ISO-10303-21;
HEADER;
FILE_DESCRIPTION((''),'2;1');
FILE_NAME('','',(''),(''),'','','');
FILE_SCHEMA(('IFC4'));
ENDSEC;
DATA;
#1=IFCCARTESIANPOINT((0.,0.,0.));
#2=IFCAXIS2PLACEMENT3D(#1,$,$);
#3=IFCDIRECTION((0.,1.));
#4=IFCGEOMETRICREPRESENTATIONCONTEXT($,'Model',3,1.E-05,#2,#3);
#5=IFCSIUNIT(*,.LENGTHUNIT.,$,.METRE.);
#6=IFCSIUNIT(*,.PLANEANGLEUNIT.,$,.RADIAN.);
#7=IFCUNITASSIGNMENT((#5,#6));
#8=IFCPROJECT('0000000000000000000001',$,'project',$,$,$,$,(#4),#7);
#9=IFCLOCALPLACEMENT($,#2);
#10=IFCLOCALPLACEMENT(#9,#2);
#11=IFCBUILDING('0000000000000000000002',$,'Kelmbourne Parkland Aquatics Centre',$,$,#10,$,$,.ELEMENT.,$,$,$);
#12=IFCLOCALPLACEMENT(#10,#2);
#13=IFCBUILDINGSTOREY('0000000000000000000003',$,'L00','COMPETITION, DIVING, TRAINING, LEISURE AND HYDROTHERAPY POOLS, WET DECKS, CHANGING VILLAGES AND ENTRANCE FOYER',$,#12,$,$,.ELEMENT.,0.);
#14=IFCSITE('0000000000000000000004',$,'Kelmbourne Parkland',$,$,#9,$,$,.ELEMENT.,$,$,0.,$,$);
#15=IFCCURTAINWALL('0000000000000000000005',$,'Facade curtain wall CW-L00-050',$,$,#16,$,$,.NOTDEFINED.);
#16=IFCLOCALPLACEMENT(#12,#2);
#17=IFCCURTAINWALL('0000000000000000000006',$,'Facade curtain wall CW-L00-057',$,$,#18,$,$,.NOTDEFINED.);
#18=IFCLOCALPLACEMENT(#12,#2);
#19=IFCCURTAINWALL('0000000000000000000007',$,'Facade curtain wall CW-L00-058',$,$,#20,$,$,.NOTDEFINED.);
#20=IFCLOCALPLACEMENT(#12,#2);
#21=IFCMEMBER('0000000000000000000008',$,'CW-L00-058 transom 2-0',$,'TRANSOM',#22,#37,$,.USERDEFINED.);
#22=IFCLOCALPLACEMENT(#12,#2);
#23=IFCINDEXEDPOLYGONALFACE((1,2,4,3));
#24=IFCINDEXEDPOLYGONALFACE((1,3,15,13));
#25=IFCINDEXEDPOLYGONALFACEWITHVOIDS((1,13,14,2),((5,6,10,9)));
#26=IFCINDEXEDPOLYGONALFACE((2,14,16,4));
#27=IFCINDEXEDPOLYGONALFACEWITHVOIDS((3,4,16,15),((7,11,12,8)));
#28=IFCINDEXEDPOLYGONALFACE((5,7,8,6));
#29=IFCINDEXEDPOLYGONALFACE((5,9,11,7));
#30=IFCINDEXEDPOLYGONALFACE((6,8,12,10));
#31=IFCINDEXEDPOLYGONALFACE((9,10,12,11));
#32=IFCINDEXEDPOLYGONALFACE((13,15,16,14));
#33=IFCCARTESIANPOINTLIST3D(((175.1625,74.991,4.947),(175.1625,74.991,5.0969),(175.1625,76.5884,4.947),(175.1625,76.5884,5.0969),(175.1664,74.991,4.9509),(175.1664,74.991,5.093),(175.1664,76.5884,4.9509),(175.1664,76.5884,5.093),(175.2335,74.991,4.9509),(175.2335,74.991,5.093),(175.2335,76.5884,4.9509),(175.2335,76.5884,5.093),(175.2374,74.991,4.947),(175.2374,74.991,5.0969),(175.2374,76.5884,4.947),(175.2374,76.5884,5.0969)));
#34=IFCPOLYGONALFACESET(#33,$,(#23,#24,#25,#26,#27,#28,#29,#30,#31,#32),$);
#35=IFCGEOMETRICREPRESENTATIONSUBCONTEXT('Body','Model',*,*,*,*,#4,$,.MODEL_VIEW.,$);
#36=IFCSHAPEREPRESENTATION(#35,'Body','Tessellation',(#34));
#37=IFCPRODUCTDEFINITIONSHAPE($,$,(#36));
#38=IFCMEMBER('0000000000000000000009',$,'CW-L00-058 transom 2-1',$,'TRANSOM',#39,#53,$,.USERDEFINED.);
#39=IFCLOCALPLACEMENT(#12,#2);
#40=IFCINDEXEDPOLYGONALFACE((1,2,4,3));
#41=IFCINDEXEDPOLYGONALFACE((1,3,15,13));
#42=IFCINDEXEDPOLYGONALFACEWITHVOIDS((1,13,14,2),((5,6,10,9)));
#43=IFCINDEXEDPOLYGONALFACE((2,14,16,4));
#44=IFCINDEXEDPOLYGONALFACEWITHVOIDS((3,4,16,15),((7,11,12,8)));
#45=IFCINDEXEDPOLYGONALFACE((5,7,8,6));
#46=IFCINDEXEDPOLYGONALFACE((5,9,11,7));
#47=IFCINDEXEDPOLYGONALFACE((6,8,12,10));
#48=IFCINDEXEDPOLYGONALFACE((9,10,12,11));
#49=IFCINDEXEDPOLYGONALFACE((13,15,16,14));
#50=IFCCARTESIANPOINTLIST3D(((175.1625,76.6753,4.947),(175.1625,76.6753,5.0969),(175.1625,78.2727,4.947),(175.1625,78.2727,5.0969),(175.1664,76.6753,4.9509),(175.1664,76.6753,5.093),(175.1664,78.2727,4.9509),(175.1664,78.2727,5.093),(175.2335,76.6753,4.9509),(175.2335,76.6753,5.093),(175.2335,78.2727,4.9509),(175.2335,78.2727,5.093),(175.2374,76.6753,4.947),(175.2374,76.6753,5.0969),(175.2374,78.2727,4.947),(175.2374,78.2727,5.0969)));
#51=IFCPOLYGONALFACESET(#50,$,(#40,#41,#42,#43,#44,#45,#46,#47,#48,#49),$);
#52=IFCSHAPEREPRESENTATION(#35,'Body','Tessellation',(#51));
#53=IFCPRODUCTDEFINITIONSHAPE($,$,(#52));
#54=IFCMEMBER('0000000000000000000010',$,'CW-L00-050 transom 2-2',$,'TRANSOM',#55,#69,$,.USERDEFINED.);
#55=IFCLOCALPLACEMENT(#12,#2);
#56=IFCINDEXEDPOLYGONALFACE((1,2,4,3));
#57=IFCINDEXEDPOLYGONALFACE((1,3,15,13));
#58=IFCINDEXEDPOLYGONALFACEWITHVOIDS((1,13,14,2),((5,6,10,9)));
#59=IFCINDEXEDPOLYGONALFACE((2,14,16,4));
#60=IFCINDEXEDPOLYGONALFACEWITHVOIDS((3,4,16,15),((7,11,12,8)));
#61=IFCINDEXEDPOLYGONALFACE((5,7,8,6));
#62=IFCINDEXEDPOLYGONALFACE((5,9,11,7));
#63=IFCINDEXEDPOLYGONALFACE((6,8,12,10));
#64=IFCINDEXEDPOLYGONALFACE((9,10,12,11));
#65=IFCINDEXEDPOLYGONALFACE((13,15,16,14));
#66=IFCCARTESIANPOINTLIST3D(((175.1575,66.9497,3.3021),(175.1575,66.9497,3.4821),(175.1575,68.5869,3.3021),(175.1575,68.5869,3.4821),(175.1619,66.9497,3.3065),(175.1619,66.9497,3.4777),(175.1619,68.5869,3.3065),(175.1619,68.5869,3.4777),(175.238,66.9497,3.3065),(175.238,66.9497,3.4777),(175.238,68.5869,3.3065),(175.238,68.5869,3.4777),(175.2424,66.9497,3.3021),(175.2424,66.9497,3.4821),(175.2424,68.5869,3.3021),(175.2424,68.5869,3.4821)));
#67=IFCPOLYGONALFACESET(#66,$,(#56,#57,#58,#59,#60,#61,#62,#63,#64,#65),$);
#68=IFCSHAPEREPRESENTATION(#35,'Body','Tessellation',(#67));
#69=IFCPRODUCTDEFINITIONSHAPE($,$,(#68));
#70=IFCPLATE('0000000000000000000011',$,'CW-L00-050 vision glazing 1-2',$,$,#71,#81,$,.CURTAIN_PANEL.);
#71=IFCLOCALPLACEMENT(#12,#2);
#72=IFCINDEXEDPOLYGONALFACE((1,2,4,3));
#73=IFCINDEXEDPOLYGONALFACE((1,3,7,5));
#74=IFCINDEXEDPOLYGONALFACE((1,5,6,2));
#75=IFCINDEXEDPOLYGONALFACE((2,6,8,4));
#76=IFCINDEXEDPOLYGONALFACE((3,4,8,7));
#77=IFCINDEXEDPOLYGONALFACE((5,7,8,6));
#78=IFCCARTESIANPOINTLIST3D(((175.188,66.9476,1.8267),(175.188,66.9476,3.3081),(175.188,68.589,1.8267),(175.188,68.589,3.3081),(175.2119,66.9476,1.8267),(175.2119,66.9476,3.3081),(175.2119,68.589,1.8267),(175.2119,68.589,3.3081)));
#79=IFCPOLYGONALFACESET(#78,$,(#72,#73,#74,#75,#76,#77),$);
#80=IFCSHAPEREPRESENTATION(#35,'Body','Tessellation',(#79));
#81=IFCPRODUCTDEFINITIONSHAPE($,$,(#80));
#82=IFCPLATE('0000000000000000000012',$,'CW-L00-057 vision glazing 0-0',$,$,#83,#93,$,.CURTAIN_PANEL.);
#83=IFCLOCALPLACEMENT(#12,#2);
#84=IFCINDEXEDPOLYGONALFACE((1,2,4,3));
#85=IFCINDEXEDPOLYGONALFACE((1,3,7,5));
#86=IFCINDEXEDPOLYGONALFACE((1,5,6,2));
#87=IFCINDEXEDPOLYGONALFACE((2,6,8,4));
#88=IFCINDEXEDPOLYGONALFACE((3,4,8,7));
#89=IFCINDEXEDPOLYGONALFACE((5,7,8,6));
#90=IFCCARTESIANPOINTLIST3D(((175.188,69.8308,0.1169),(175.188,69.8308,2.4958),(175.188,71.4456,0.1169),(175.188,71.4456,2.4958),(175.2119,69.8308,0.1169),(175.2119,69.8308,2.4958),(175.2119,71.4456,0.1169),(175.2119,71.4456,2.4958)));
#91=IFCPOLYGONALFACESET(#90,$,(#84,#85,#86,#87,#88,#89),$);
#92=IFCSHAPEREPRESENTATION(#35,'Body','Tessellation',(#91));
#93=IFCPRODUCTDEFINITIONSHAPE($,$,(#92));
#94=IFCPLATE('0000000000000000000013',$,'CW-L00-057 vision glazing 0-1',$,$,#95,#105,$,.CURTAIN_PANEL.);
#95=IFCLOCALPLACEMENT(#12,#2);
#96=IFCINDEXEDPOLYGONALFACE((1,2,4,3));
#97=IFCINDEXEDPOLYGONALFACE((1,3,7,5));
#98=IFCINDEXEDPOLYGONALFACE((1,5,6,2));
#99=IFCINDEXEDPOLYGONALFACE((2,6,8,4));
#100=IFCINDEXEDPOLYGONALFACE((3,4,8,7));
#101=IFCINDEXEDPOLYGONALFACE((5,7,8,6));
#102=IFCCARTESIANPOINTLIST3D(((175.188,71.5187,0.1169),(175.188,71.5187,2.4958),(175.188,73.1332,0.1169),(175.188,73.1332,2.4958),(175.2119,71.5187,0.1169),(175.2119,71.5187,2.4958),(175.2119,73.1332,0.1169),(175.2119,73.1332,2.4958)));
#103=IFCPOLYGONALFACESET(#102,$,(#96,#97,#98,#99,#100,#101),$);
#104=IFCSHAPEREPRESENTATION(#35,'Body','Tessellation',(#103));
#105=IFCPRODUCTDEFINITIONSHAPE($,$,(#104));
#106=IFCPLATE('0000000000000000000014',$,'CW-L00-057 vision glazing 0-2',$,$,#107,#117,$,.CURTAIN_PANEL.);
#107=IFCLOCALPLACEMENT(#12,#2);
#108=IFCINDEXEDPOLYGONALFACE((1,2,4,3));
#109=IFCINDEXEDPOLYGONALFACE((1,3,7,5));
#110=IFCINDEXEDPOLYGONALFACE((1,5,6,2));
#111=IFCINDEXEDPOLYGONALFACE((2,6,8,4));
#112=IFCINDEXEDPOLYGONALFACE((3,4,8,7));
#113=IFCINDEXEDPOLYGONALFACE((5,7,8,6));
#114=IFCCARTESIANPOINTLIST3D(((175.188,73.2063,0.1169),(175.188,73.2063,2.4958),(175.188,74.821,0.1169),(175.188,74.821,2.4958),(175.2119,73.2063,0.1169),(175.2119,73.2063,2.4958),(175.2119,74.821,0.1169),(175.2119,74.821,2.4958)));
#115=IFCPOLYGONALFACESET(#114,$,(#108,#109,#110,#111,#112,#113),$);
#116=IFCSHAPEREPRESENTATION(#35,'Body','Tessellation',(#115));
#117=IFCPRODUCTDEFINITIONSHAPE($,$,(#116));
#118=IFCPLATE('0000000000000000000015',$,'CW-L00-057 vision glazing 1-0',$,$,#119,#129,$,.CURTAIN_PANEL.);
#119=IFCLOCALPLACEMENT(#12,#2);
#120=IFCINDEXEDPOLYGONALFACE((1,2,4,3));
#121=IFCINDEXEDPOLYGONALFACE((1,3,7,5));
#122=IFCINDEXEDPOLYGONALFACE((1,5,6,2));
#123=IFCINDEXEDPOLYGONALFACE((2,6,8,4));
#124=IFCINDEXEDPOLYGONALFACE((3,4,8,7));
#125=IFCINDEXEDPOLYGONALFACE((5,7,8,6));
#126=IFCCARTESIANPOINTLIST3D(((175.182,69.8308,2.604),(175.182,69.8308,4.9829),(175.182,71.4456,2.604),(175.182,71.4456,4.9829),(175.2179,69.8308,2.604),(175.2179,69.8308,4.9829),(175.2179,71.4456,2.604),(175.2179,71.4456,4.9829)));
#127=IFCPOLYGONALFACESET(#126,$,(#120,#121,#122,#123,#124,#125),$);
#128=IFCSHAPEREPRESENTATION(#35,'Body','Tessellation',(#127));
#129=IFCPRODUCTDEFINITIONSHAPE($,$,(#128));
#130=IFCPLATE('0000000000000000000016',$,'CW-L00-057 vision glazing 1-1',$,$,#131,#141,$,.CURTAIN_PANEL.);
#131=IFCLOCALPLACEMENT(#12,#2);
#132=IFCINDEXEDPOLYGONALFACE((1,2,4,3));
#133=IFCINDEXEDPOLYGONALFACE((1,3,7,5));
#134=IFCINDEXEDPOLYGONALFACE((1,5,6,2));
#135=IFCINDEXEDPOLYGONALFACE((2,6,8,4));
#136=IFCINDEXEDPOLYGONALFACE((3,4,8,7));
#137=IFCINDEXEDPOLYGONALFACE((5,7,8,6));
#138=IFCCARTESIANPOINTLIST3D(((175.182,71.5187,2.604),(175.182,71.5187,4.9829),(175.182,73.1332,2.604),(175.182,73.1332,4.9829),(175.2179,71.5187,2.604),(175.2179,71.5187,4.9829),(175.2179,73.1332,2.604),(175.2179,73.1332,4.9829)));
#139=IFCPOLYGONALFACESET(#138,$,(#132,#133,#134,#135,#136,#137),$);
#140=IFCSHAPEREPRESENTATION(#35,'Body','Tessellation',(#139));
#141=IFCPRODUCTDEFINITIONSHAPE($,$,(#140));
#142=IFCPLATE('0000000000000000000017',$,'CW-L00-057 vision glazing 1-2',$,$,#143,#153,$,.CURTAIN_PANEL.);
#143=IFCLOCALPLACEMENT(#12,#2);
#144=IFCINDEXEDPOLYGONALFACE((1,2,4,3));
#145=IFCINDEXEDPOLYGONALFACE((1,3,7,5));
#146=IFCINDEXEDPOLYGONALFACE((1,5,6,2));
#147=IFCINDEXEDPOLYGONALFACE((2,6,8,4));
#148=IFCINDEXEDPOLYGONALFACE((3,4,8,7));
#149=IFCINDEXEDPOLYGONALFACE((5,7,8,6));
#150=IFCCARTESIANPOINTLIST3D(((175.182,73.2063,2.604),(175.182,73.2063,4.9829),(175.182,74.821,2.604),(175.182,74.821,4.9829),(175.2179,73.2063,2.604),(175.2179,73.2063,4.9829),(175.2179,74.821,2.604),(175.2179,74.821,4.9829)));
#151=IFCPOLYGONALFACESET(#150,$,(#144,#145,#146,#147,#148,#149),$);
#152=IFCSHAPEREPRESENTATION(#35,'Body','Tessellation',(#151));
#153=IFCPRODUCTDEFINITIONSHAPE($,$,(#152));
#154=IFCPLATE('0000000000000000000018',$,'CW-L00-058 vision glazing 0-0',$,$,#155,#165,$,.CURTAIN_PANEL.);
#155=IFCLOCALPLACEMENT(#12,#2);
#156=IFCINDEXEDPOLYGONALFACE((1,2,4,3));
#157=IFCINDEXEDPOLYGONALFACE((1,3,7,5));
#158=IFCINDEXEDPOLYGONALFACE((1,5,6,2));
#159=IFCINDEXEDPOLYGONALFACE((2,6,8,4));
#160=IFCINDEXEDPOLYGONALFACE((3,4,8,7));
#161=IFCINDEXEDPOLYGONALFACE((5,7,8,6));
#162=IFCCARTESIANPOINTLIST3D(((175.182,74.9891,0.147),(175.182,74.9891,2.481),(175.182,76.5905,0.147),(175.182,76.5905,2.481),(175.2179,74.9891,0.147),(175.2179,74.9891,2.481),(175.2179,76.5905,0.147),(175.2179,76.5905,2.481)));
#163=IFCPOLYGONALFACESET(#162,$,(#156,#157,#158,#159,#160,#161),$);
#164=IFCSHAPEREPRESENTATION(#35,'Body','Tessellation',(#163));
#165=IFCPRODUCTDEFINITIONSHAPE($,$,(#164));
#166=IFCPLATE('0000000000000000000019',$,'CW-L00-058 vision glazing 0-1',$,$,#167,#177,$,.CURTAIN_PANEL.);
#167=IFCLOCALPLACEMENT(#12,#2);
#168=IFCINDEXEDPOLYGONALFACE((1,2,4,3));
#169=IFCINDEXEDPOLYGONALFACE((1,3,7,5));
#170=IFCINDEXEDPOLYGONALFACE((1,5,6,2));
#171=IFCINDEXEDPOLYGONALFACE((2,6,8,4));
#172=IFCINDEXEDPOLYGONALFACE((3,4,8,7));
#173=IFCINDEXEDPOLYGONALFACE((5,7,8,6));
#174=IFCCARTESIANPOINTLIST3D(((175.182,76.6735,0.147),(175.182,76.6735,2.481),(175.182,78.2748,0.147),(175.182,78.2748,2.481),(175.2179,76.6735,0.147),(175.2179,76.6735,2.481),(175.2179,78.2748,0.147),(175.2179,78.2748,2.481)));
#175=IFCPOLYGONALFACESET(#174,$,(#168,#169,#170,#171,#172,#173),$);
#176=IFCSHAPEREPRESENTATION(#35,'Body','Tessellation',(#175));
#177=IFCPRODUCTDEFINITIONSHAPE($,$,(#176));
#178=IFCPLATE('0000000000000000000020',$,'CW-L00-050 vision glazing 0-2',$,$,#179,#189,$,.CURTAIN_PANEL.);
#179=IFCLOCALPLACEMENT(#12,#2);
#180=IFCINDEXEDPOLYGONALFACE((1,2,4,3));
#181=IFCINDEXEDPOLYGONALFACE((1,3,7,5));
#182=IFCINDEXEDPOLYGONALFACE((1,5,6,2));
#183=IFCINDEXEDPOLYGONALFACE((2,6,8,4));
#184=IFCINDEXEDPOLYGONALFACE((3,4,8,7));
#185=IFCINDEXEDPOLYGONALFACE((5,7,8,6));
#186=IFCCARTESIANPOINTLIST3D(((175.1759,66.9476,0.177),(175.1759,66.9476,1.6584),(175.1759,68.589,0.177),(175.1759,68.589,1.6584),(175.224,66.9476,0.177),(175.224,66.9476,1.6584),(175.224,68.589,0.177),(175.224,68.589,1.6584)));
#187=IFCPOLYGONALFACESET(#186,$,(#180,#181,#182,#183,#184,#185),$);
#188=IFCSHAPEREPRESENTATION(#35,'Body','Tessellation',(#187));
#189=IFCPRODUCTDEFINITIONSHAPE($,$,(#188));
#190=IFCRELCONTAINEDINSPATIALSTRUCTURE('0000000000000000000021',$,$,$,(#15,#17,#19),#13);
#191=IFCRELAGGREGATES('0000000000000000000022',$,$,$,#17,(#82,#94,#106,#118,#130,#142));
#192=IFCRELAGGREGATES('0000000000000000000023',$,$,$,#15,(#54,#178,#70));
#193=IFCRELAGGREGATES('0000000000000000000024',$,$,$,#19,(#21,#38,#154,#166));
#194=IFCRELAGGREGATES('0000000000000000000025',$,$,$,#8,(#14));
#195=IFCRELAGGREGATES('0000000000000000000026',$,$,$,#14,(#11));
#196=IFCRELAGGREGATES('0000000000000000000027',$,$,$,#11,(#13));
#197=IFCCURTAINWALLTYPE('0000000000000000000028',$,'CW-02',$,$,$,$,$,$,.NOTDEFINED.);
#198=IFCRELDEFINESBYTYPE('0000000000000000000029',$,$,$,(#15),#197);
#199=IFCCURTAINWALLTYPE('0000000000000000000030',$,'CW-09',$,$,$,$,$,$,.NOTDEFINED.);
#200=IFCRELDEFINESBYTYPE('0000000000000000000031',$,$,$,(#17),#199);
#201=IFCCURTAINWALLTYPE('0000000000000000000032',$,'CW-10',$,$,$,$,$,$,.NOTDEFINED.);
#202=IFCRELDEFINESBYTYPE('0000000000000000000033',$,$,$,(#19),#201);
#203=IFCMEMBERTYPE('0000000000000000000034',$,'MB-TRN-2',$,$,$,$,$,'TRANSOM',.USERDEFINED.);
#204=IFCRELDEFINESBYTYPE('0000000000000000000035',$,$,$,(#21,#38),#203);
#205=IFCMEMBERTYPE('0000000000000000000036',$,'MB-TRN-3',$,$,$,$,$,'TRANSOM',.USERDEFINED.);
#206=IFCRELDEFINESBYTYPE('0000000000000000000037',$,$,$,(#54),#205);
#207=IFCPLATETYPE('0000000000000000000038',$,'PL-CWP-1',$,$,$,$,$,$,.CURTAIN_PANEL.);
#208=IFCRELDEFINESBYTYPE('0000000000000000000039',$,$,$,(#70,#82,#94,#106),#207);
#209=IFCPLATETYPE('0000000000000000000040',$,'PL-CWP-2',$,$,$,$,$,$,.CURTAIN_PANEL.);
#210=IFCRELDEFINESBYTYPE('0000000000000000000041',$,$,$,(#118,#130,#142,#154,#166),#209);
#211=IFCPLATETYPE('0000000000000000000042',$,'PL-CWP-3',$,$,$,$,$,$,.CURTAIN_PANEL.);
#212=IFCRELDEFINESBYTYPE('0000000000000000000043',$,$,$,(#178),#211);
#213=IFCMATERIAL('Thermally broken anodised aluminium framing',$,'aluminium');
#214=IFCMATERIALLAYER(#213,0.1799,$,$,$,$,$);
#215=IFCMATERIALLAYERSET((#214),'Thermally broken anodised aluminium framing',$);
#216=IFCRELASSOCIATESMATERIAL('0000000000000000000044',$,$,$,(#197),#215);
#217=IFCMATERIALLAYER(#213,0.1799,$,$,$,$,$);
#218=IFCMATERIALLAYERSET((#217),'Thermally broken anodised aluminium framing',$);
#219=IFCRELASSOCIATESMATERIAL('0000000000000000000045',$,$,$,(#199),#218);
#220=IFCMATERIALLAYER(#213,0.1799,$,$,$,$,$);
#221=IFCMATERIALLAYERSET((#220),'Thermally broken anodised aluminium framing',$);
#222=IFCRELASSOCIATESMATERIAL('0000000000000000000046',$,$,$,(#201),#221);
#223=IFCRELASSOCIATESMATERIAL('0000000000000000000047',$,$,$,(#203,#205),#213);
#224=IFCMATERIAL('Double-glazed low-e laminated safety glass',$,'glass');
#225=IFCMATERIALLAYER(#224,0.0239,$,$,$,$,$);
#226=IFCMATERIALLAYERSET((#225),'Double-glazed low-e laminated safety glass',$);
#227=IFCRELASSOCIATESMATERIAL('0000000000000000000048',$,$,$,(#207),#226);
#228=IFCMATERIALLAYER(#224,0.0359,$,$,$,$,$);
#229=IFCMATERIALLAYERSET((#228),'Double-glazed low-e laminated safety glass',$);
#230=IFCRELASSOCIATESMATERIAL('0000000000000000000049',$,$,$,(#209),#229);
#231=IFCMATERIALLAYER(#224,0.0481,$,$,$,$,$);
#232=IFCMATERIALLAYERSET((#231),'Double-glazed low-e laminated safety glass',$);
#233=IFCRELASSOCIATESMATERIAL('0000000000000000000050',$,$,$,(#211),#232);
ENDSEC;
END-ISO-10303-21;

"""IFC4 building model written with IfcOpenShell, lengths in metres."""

from ifc_helpers import new_model, si_unit, direction, frame, origin, origin_2d, place, context, subcontext, project, spatial, rectangle, hollow_rectangle, extrude, material, layer, layer_set, material_profile, profile_set, type_object, element, aggregate, save


model = new_model("IFC4")

# Units and contexts
model_context = context("Model", 3, precision=1e-05, world=origin(), true_north=direction((0.0, 1.0)))
body_context = subcontext(model_context, "Body", "Model", "MODEL_VIEW")
ifc_project = project(units=[si_unit("LENGTHUNIT", "METRE"), si_unit("PLANEANGLEUNIT", "RADIAN")], contexts=[model_context])

# Site, building, storey
site_placement = place(None, origin())
site = spatial("IfcSite", under=ifc_project, at=site_placement, Name="Kelmbourne Parkland", CompositionType="ELEMENT", RefElevation=0.0)
building_placement = place(site_placement, origin())
building = spatial("IfcBuilding", under=site, at=building_placement, Name="Kelmbourne Parkland Aquatics Centre", CompositionType="ELEMENT")
storey_placement = place(building_placement, origin())
storey = spatial("IfcBuildingStorey", under=building, at=storey_placement, Name="L00", Description="COMPETITION, DIVING, TRAINING, LEISURE AND HYDROTHERAPY POOLS, WET DECKS, CHANGING VILLAGES AND ENTRANCE FOYER", CompositionType="ELEMENT", Elevation=0.0)

# Curtain wall
ifc_material_1 = material(Name="Thermally broken anodised aluminium framing", Category="aluminium")
ifc_layer_1 = layer(ifc_material_1, 0.1799)
ifc_layer_set_1 = layer_set([ifc_layer_1], Name="Thermally broken anodised aluminium framing")
curtain_wall_type_1 = type_object("IfcCurtainWallType", Name="CW-02", PredefinedType="NOTDEFINED", material=ifc_layer_set_1)
curtain_wall_1_placement = place(storey_placement, origin())
curtain_wall_1 = element("IfcCurtainWall", 1, at=curtain_wall_1_placement, inside=storey, type_object=curtain_wall_type_1, Name="Facade curtain wall CW-L00-050", PredefinedType="NOTDEFINED")

# Curtain walls
ifc_layer_2 = layer(ifc_material_1, 0.1799)
ifc_layer_set_2 = layer_set([ifc_layer_2], Name="Thermally broken anodised aluminium framing")
curtain_wall_type_2 = type_object("IfcCurtainWallType", Name="CW-09", PredefinedType="NOTDEFINED", material=ifc_layer_set_2)
curtain_wall_2_placement = place(storey_placement, origin())
curtain_wall_2 = element("IfcCurtainWall", 2, at=curtain_wall_2_placement, inside=storey, type_object=curtain_wall_type_2, Name="Facade curtain wall CW-L00-057", PredefinedType="NOTDEFINED")
ifc_layer_3 = layer(ifc_material_1, 0.1799)
ifc_layer_set_3 = layer_set([ifc_layer_3], Name="Thermally broken anodised aluminium framing")
curtain_wall_type_3 = type_object("IfcCurtainWallType", Name="CW-10", PredefinedType="NOTDEFINED", material=ifc_layer_set_3)
curtain_wall_3_placement = place(storey_placement, origin())
curtain_wall_3 = element("IfcCurtainWall", 3, at=curtain_wall_3_placement, inside=storey, type_object=curtain_wall_type_3, Name="Facade curtain wall CW-L00-058", PredefinedType="NOTDEFINED")

# Members
ifc_material_profile_1 = material_profile(ifc_material_1, hollow_rectangle(XDim=0.075, YDim=0.1499, WallThickness=0.0039, at=origin_2d()), Name="CW-T 75x150")
ifc_profile_set_1 = profile_set([ifc_material_profile_1], Name="Thermally broken anodised aluminium framing")
member_type_1 = type_object("IfcMemberType", Name="MB-TRN-2", ElementType="TRANSOM", PredefinedType="USERDEFINED", material=ifc_profile_set_1)
member_1_placement = place(storey_placement, frame((175.2, 74.991, 5.022), z_axis=(0.0, 1.0, 0.0), x_axis=(-1.0, 0.0, 0.0)))
member_1 = element("IfcMember", 4, at=member_1_placement, type_object=member_type_1, Name="CW-L00-058 transom 2-0", ObjectType="TRANSOM", PredefinedType="USERDEFINED", context=body_context, shape_type="SweptSolid", body=[
    extrude(hollow_rectangle(XDim=0.075, YDim=0.1499, WallThickness=0.0039, at=origin_2d()), origin(), (0.0, 0.0, 1.0), 1.5974),
])
member_2_placement = place(storey_placement, frame((175.2, 76.6753, 5.022), z_axis=(0.0, 1.0, 0.0), x_axis=(-1.0, 0.0, 0.0)))
member_2 = element("IfcMember", 5, at=member_2_placement, type_object=member_type_1, Name="CW-L00-058 transom 2-1", ObjectType="TRANSOM", PredefinedType="USERDEFINED", context=body_context, shape_type="SweptSolid", body=[
    extrude(hollow_rectangle(XDim=0.075, YDim=0.1499, WallThickness=0.0039, at=origin_2d()), origin(), (0.0, 0.0, 1.0), 1.5974),
])
ifc_material_profile_2 = material_profile(ifc_material_1, hollow_rectangle(XDim=0.085, YDim=0.1799, WallThickness=0.0044, at=origin_2d()), Name="CW-T 85x180")
ifc_profile_set_2 = profile_set([ifc_material_profile_2], Name="Thermally broken anodised aluminium framing")
member_type_2 = type_object("IfcMemberType", Name="MB-TRN-3", ElementType="TRANSOM", PredefinedType="USERDEFINED", material=ifc_profile_set_2)
member_3_placement = place(storey_placement, frame((175.2, 66.9497, 3.3921), z_axis=(0.0, 1.0, 0.0), x_axis=(-1.0, 0.0, 0.0)))
member_3 = element("IfcMember", 6, at=member_3_placement, type_object=member_type_2, Name="CW-L00-050 transom 2-2", ObjectType="TRANSOM", PredefinedType="USERDEFINED", context=body_context, shape_type="SweptSolid", body=[
    extrude(hollow_rectangle(XDim=0.085, YDim=0.1799, WallThickness=0.0044, at=origin_2d()), origin(), (0.0, 0.0, 1.0), 1.6372),
])

# Plates
ifc_material_2 = material(Name="Double-glazed low-e laminated safety glass", Category="glass")
ifc_layer_4 = layer(ifc_material_2, 0.0239)
ifc_layer_set_4 = layer_set([ifc_layer_4], Name="Double-glazed low-e laminated safety glass")
plate_type_1 = type_object("IfcPlateType", Name="PL-CWP-1", PredefinedType="CURTAIN_PANEL", material=ifc_layer_set_4)
plate_1_placement = place(storey_placement, frame((175.2, 67.7683, 1.8267), z_axis=(0.0, 0.0, 1.0), x_axis=(0.0, 1.0, 0.0)))
plate_1 = element("IfcPlate", 7, at=plate_1_placement, type_object=plate_type_1, Name="CW-L00-050 vision glazing 1-2", PredefinedType="CURTAIN_PANEL", context=body_context, shape_type="SweptSolid", body=[
    extrude(rectangle(XDim=1.6414, YDim=0.0239, at=origin_2d()), origin(), (0.0, 0.0, 1.0), 1.4814),
])
plate_2_placement = place(storey_placement, frame((175.2, 70.6382, 0.1169), z_axis=(0.0, 0.0, 1.0), x_axis=(0.0, 1.0, 0.0)))
plate_2 = element("IfcPlate", 8, at=plate_2_placement, type_object=plate_type_1, Name="CW-L00-057 vision glazing 0-0", PredefinedType="CURTAIN_PANEL", context=body_context, shape_type="SweptSolid", body=[
    extrude(rectangle(XDim=1.6147, YDim=0.0239, at=origin_2d()), origin(), (0.0, 0.0, 1.0), 2.3789),
])
plate_3_placement = place(storey_placement, frame((175.2, 72.3259, 0.1169), z_axis=(0.0, 0.0, 1.0), x_axis=(0.0, 1.0, 0.0)))
plate_3 = element("IfcPlate", 9, at=plate_3_placement, type_object=plate_type_1, Name="CW-L00-057 vision glazing 0-1", PredefinedType="CURTAIN_PANEL", context=body_context, shape_type="SweptSolid", body=[
    extrude(rectangle(XDim=1.6145, YDim=0.0239, at=origin_2d()), origin(), (0.0, 0.0, 1.0), 2.3789),
])
plate_4_placement = place(storey_placement, frame((175.2, 74.0137, 0.1169), z_axis=(0.0, 0.0, 1.0), x_axis=(0.0, 1.0, 0.0)))
plate_4 = element("IfcPlate", 10, at=plate_4_placement, type_object=plate_type_1, Name="CW-L00-057 vision glazing 0-2", PredefinedType="CURTAIN_PANEL", context=body_context, shape_type="SweptSolid", body=[
    extrude(rectangle(XDim=1.6147, YDim=0.0239, at=origin_2d()), origin(), (0.0, 0.0, 1.0), 2.3789),
])
ifc_layer_5 = layer(ifc_material_2, 0.0359)
ifc_layer_set_5 = layer_set([ifc_layer_5], Name="Double-glazed low-e laminated safety glass")
plate_type_2 = type_object("IfcPlateType", Name="PL-CWP-2", PredefinedType="CURTAIN_PANEL", material=ifc_layer_set_5)
plate_5_placement = place(storey_placement, frame((175.2, 70.6382, 2.604), z_axis=(0.0, 0.0, 1.0), x_axis=(0.0, 1.0, 0.0)))
plate_5 = element("IfcPlate", 11, at=plate_5_placement, type_object=plate_type_2, Name="CW-L00-057 vision glazing 1-0", PredefinedType="CURTAIN_PANEL", context=body_context, shape_type="SweptSolid", body=[
    extrude(rectangle(XDim=1.6147, YDim=0.0359, at=origin_2d()), origin(), (0.0, 0.0, 1.0), 2.3789),
])
plate_6_placement = place(storey_placement, frame((175.2, 72.3259, 2.604), z_axis=(0.0, 0.0, 1.0), x_axis=(0.0, 1.0, 0.0)))
plate_6 = element("IfcPlate", 12, at=plate_6_placement, type_object=plate_type_2, Name="CW-L00-057 vision glazing 1-1", PredefinedType="CURTAIN_PANEL", context=body_context, shape_type="SweptSolid", body=[
    extrude(rectangle(XDim=1.6145, YDim=0.0359, at=origin_2d()), origin(), (0.0, 0.0, 1.0), 2.3789),
])
plate_7_placement = place(storey_placement, frame((175.2, 74.0137, 2.604), z_axis=(0.0, 0.0, 1.0), x_axis=(0.0, 1.0, 0.0)))
plate_7 = element("IfcPlate", 13, at=plate_7_placement, type_object=plate_type_2, Name="CW-L00-057 vision glazing 1-2", PredefinedType="CURTAIN_PANEL", context=body_context, shape_type="SweptSolid", body=[
    extrude(rectangle(XDim=1.6147, YDim=0.0359, at=origin_2d()), origin(), (0.0, 0.0, 1.0), 2.3789),
])
aggregate(curtain_wall_2, [plate_2, plate_3, plate_4, plate_5, plate_6, plate_7])
plate_8_placement = place(storey_placement, frame((175.2, 75.7898, 0.147), z_axis=(0.0, 0.0, 1.0), x_axis=(0.0, 1.0, 0.0)))
plate_8 = element("IfcPlate", 14, at=plate_8_placement, type_object=plate_type_2, Name="CW-L00-058 vision glazing 0-0", PredefinedType="CURTAIN_PANEL", context=body_context, shape_type="SweptSolid", body=[
    extrude(rectangle(XDim=1.6013, YDim=0.0359, at=origin_2d()), origin(), (0.0, 0.0, 1.0), 2.334),
])
plate_9_placement = place(storey_placement, frame((175.2, 77.4741, 0.147), z_axis=(0.0, 0.0, 1.0), x_axis=(0.0, 1.0, 0.0)))
plate_9 = element("IfcPlate", 15, at=plate_9_placement, type_object=plate_type_2, Name="CW-L00-058 vision glazing 0-1", PredefinedType="CURTAIN_PANEL", context=body_context, shape_type="SweptSolid", body=[
    extrude(rectangle(XDim=1.6013, YDim=0.0359, at=origin_2d()), origin(), (0.0, 0.0, 1.0), 2.334),
])
ifc_layer_6 = layer(ifc_material_2, 0.0481)
ifc_layer_set_6 = layer_set([ifc_layer_6], Name="Double-glazed low-e laminated safety glass")
plate_type_3 = type_object("IfcPlateType", Name="PL-CWP-3", PredefinedType="CURTAIN_PANEL", material=ifc_layer_set_6)
plate_10_placement = place(storey_placement, frame((175.2, 67.7683, 0.177), z_axis=(0.0, 0.0, 1.0), x_axis=(0.0, 1.0, 0.0)))
plate_10 = element("IfcPlate", 16, at=plate_10_placement, type_object=plate_type_3, Name="CW-L00-050 vision glazing 0-2", PredefinedType="CURTAIN_PANEL", context=body_context, shape_type="SweptSolid", body=[
    extrude(rectangle(XDim=1.6414, YDim=0.0481, at=origin_2d()), origin(), (0.0, 0.0, 1.0), 1.4814),
])
aggregate(curtain_wall_1, [member_3, plate_10, plate_1])
aggregate(curtain_wall_3, [member_1, member_2, plate_8, plate_9])

save(model, "model.ifc")
